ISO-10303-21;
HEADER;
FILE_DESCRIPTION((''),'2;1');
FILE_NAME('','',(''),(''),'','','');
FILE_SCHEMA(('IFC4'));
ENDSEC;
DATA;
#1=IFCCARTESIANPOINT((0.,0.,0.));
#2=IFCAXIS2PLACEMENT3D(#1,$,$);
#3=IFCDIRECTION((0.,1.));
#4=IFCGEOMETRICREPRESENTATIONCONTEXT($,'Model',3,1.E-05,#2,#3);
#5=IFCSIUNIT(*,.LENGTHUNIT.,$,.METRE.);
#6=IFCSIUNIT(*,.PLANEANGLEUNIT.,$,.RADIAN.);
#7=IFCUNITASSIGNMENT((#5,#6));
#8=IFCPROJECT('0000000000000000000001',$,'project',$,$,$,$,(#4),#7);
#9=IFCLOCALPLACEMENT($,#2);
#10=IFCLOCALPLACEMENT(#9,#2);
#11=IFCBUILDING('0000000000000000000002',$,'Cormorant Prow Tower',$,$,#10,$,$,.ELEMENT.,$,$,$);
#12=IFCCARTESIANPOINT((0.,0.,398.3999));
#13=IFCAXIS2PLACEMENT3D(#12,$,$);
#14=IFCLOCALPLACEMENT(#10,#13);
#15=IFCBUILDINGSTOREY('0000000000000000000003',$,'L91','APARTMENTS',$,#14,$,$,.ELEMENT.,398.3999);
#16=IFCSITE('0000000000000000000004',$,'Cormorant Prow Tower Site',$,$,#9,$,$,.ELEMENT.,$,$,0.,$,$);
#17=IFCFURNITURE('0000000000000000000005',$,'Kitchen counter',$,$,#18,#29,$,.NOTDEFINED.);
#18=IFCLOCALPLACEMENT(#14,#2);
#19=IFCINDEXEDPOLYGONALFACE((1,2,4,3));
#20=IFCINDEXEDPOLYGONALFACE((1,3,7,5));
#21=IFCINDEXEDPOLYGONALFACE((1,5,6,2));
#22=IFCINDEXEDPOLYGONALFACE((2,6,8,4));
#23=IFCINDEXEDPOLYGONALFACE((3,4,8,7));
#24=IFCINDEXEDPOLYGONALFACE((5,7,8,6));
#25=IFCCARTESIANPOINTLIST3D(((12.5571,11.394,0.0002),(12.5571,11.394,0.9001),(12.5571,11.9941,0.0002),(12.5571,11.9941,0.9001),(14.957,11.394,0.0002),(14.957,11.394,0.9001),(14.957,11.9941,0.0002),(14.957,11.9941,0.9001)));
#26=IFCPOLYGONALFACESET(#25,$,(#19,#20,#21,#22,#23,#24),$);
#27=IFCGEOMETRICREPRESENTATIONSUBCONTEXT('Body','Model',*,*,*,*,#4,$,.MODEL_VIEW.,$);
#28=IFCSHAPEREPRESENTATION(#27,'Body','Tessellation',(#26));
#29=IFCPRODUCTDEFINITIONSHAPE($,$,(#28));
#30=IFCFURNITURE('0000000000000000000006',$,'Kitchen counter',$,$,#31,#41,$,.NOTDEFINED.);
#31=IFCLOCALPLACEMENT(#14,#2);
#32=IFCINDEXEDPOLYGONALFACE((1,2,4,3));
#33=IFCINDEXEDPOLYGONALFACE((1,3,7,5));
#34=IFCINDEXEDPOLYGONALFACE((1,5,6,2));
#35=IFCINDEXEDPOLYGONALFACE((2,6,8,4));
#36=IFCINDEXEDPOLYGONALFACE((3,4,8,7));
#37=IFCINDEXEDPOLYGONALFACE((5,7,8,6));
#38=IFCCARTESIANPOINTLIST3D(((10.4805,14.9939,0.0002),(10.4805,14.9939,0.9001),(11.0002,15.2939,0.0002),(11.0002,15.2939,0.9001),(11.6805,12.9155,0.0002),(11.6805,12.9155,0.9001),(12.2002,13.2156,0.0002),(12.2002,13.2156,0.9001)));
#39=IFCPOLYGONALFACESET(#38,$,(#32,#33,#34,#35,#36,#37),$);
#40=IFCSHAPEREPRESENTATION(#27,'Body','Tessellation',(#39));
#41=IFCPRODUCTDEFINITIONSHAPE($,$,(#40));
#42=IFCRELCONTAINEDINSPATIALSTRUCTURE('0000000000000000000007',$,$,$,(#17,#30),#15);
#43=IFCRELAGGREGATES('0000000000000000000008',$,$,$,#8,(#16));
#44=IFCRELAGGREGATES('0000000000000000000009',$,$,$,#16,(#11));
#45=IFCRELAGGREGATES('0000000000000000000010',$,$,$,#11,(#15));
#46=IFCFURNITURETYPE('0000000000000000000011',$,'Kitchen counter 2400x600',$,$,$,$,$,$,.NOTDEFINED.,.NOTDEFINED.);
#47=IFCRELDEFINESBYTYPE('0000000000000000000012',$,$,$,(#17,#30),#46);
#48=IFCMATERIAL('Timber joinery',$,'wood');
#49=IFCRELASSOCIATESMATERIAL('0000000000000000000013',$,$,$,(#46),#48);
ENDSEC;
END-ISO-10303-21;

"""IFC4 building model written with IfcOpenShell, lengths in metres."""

from ifc_helpers import new_model, si_unit, direction, frame, origin, origin_2d, place, context, subcontext, project, spatial, rectangle, extrude, material, type_object, element, save


model = new_model("IFC4")

# Units and contexts
model_context = context("Model", 3, precision=1e-05, world=origin(), true_north=direction((0.0, 1.0)))
body_context = subcontext(model_context, "Body", "Model", "MODEL_VIEW")
ifc_project = project(units=[si_unit("LENGTHUNIT", "METRE"), si_unit("PLANEANGLEUNIT", "RADIAN")], contexts=[model_context])

# Site, building, storey
site_placement = place(None, origin())
site = spatial("IfcSite", under=ifc_project, at=site_placement, Name="Cormorant Prow Tower Site", CompositionType="ELEMENT", RefElevation=0.0)
building_placement = place(site_placement, origin())
building = spatial("IfcBuilding", under=site, at=building_placement, Name="Cormorant Prow Tower", CompositionType="ELEMENT")
storey_placement = place(building_placement, frame((0.0, 0.0, 398.3999)))
storey = spatial("IfcBuildingStorey", under=building, at=storey_placement, Name="L91", Description="APARTMENTS", CompositionType="ELEMENT", Elevation=398.3999)

# Furniture
ifc_material_1 = material(Name="Timber joinery", Category="wood")
furniture_type = type_object("IfcFurnitureType", Name="Kitchen counter 2400x600", AssemblyPlace="NOTDEFINED", PredefinedType="NOTDEFINED", material=ifc_material_1)
for number, where, z_axis, x_axis, name in (
    (1, (13.7571, 11.6941, 0.0002), (0.0, 0.0, 1.0), (1.0, 0.0, 0.0), "Kitchen counter"),
    (2, (11.3403, 14.1047, 0.0002), (0.0, 0.0, 1.0), (-0.5, 0.866025, 0.0), "Kitchen counter"),
):
    element("IfcFurniture", number, at=place(storey_placement, frame(where, z_axis=z_axis, x_axis=x_axis)), inside=storey, type_object=furniture_type, Name=name, PredefinedType="NOTDEFINED", context=body_context, shape_type="SweptSolid", body=[
        extrude(rectangle(XDim=2.3999, YDim=0.6001, at=origin_2d()), origin(), (0.0, 0.0, 1.0), 0.8999),
    ])

save(model, "model.ifc")
